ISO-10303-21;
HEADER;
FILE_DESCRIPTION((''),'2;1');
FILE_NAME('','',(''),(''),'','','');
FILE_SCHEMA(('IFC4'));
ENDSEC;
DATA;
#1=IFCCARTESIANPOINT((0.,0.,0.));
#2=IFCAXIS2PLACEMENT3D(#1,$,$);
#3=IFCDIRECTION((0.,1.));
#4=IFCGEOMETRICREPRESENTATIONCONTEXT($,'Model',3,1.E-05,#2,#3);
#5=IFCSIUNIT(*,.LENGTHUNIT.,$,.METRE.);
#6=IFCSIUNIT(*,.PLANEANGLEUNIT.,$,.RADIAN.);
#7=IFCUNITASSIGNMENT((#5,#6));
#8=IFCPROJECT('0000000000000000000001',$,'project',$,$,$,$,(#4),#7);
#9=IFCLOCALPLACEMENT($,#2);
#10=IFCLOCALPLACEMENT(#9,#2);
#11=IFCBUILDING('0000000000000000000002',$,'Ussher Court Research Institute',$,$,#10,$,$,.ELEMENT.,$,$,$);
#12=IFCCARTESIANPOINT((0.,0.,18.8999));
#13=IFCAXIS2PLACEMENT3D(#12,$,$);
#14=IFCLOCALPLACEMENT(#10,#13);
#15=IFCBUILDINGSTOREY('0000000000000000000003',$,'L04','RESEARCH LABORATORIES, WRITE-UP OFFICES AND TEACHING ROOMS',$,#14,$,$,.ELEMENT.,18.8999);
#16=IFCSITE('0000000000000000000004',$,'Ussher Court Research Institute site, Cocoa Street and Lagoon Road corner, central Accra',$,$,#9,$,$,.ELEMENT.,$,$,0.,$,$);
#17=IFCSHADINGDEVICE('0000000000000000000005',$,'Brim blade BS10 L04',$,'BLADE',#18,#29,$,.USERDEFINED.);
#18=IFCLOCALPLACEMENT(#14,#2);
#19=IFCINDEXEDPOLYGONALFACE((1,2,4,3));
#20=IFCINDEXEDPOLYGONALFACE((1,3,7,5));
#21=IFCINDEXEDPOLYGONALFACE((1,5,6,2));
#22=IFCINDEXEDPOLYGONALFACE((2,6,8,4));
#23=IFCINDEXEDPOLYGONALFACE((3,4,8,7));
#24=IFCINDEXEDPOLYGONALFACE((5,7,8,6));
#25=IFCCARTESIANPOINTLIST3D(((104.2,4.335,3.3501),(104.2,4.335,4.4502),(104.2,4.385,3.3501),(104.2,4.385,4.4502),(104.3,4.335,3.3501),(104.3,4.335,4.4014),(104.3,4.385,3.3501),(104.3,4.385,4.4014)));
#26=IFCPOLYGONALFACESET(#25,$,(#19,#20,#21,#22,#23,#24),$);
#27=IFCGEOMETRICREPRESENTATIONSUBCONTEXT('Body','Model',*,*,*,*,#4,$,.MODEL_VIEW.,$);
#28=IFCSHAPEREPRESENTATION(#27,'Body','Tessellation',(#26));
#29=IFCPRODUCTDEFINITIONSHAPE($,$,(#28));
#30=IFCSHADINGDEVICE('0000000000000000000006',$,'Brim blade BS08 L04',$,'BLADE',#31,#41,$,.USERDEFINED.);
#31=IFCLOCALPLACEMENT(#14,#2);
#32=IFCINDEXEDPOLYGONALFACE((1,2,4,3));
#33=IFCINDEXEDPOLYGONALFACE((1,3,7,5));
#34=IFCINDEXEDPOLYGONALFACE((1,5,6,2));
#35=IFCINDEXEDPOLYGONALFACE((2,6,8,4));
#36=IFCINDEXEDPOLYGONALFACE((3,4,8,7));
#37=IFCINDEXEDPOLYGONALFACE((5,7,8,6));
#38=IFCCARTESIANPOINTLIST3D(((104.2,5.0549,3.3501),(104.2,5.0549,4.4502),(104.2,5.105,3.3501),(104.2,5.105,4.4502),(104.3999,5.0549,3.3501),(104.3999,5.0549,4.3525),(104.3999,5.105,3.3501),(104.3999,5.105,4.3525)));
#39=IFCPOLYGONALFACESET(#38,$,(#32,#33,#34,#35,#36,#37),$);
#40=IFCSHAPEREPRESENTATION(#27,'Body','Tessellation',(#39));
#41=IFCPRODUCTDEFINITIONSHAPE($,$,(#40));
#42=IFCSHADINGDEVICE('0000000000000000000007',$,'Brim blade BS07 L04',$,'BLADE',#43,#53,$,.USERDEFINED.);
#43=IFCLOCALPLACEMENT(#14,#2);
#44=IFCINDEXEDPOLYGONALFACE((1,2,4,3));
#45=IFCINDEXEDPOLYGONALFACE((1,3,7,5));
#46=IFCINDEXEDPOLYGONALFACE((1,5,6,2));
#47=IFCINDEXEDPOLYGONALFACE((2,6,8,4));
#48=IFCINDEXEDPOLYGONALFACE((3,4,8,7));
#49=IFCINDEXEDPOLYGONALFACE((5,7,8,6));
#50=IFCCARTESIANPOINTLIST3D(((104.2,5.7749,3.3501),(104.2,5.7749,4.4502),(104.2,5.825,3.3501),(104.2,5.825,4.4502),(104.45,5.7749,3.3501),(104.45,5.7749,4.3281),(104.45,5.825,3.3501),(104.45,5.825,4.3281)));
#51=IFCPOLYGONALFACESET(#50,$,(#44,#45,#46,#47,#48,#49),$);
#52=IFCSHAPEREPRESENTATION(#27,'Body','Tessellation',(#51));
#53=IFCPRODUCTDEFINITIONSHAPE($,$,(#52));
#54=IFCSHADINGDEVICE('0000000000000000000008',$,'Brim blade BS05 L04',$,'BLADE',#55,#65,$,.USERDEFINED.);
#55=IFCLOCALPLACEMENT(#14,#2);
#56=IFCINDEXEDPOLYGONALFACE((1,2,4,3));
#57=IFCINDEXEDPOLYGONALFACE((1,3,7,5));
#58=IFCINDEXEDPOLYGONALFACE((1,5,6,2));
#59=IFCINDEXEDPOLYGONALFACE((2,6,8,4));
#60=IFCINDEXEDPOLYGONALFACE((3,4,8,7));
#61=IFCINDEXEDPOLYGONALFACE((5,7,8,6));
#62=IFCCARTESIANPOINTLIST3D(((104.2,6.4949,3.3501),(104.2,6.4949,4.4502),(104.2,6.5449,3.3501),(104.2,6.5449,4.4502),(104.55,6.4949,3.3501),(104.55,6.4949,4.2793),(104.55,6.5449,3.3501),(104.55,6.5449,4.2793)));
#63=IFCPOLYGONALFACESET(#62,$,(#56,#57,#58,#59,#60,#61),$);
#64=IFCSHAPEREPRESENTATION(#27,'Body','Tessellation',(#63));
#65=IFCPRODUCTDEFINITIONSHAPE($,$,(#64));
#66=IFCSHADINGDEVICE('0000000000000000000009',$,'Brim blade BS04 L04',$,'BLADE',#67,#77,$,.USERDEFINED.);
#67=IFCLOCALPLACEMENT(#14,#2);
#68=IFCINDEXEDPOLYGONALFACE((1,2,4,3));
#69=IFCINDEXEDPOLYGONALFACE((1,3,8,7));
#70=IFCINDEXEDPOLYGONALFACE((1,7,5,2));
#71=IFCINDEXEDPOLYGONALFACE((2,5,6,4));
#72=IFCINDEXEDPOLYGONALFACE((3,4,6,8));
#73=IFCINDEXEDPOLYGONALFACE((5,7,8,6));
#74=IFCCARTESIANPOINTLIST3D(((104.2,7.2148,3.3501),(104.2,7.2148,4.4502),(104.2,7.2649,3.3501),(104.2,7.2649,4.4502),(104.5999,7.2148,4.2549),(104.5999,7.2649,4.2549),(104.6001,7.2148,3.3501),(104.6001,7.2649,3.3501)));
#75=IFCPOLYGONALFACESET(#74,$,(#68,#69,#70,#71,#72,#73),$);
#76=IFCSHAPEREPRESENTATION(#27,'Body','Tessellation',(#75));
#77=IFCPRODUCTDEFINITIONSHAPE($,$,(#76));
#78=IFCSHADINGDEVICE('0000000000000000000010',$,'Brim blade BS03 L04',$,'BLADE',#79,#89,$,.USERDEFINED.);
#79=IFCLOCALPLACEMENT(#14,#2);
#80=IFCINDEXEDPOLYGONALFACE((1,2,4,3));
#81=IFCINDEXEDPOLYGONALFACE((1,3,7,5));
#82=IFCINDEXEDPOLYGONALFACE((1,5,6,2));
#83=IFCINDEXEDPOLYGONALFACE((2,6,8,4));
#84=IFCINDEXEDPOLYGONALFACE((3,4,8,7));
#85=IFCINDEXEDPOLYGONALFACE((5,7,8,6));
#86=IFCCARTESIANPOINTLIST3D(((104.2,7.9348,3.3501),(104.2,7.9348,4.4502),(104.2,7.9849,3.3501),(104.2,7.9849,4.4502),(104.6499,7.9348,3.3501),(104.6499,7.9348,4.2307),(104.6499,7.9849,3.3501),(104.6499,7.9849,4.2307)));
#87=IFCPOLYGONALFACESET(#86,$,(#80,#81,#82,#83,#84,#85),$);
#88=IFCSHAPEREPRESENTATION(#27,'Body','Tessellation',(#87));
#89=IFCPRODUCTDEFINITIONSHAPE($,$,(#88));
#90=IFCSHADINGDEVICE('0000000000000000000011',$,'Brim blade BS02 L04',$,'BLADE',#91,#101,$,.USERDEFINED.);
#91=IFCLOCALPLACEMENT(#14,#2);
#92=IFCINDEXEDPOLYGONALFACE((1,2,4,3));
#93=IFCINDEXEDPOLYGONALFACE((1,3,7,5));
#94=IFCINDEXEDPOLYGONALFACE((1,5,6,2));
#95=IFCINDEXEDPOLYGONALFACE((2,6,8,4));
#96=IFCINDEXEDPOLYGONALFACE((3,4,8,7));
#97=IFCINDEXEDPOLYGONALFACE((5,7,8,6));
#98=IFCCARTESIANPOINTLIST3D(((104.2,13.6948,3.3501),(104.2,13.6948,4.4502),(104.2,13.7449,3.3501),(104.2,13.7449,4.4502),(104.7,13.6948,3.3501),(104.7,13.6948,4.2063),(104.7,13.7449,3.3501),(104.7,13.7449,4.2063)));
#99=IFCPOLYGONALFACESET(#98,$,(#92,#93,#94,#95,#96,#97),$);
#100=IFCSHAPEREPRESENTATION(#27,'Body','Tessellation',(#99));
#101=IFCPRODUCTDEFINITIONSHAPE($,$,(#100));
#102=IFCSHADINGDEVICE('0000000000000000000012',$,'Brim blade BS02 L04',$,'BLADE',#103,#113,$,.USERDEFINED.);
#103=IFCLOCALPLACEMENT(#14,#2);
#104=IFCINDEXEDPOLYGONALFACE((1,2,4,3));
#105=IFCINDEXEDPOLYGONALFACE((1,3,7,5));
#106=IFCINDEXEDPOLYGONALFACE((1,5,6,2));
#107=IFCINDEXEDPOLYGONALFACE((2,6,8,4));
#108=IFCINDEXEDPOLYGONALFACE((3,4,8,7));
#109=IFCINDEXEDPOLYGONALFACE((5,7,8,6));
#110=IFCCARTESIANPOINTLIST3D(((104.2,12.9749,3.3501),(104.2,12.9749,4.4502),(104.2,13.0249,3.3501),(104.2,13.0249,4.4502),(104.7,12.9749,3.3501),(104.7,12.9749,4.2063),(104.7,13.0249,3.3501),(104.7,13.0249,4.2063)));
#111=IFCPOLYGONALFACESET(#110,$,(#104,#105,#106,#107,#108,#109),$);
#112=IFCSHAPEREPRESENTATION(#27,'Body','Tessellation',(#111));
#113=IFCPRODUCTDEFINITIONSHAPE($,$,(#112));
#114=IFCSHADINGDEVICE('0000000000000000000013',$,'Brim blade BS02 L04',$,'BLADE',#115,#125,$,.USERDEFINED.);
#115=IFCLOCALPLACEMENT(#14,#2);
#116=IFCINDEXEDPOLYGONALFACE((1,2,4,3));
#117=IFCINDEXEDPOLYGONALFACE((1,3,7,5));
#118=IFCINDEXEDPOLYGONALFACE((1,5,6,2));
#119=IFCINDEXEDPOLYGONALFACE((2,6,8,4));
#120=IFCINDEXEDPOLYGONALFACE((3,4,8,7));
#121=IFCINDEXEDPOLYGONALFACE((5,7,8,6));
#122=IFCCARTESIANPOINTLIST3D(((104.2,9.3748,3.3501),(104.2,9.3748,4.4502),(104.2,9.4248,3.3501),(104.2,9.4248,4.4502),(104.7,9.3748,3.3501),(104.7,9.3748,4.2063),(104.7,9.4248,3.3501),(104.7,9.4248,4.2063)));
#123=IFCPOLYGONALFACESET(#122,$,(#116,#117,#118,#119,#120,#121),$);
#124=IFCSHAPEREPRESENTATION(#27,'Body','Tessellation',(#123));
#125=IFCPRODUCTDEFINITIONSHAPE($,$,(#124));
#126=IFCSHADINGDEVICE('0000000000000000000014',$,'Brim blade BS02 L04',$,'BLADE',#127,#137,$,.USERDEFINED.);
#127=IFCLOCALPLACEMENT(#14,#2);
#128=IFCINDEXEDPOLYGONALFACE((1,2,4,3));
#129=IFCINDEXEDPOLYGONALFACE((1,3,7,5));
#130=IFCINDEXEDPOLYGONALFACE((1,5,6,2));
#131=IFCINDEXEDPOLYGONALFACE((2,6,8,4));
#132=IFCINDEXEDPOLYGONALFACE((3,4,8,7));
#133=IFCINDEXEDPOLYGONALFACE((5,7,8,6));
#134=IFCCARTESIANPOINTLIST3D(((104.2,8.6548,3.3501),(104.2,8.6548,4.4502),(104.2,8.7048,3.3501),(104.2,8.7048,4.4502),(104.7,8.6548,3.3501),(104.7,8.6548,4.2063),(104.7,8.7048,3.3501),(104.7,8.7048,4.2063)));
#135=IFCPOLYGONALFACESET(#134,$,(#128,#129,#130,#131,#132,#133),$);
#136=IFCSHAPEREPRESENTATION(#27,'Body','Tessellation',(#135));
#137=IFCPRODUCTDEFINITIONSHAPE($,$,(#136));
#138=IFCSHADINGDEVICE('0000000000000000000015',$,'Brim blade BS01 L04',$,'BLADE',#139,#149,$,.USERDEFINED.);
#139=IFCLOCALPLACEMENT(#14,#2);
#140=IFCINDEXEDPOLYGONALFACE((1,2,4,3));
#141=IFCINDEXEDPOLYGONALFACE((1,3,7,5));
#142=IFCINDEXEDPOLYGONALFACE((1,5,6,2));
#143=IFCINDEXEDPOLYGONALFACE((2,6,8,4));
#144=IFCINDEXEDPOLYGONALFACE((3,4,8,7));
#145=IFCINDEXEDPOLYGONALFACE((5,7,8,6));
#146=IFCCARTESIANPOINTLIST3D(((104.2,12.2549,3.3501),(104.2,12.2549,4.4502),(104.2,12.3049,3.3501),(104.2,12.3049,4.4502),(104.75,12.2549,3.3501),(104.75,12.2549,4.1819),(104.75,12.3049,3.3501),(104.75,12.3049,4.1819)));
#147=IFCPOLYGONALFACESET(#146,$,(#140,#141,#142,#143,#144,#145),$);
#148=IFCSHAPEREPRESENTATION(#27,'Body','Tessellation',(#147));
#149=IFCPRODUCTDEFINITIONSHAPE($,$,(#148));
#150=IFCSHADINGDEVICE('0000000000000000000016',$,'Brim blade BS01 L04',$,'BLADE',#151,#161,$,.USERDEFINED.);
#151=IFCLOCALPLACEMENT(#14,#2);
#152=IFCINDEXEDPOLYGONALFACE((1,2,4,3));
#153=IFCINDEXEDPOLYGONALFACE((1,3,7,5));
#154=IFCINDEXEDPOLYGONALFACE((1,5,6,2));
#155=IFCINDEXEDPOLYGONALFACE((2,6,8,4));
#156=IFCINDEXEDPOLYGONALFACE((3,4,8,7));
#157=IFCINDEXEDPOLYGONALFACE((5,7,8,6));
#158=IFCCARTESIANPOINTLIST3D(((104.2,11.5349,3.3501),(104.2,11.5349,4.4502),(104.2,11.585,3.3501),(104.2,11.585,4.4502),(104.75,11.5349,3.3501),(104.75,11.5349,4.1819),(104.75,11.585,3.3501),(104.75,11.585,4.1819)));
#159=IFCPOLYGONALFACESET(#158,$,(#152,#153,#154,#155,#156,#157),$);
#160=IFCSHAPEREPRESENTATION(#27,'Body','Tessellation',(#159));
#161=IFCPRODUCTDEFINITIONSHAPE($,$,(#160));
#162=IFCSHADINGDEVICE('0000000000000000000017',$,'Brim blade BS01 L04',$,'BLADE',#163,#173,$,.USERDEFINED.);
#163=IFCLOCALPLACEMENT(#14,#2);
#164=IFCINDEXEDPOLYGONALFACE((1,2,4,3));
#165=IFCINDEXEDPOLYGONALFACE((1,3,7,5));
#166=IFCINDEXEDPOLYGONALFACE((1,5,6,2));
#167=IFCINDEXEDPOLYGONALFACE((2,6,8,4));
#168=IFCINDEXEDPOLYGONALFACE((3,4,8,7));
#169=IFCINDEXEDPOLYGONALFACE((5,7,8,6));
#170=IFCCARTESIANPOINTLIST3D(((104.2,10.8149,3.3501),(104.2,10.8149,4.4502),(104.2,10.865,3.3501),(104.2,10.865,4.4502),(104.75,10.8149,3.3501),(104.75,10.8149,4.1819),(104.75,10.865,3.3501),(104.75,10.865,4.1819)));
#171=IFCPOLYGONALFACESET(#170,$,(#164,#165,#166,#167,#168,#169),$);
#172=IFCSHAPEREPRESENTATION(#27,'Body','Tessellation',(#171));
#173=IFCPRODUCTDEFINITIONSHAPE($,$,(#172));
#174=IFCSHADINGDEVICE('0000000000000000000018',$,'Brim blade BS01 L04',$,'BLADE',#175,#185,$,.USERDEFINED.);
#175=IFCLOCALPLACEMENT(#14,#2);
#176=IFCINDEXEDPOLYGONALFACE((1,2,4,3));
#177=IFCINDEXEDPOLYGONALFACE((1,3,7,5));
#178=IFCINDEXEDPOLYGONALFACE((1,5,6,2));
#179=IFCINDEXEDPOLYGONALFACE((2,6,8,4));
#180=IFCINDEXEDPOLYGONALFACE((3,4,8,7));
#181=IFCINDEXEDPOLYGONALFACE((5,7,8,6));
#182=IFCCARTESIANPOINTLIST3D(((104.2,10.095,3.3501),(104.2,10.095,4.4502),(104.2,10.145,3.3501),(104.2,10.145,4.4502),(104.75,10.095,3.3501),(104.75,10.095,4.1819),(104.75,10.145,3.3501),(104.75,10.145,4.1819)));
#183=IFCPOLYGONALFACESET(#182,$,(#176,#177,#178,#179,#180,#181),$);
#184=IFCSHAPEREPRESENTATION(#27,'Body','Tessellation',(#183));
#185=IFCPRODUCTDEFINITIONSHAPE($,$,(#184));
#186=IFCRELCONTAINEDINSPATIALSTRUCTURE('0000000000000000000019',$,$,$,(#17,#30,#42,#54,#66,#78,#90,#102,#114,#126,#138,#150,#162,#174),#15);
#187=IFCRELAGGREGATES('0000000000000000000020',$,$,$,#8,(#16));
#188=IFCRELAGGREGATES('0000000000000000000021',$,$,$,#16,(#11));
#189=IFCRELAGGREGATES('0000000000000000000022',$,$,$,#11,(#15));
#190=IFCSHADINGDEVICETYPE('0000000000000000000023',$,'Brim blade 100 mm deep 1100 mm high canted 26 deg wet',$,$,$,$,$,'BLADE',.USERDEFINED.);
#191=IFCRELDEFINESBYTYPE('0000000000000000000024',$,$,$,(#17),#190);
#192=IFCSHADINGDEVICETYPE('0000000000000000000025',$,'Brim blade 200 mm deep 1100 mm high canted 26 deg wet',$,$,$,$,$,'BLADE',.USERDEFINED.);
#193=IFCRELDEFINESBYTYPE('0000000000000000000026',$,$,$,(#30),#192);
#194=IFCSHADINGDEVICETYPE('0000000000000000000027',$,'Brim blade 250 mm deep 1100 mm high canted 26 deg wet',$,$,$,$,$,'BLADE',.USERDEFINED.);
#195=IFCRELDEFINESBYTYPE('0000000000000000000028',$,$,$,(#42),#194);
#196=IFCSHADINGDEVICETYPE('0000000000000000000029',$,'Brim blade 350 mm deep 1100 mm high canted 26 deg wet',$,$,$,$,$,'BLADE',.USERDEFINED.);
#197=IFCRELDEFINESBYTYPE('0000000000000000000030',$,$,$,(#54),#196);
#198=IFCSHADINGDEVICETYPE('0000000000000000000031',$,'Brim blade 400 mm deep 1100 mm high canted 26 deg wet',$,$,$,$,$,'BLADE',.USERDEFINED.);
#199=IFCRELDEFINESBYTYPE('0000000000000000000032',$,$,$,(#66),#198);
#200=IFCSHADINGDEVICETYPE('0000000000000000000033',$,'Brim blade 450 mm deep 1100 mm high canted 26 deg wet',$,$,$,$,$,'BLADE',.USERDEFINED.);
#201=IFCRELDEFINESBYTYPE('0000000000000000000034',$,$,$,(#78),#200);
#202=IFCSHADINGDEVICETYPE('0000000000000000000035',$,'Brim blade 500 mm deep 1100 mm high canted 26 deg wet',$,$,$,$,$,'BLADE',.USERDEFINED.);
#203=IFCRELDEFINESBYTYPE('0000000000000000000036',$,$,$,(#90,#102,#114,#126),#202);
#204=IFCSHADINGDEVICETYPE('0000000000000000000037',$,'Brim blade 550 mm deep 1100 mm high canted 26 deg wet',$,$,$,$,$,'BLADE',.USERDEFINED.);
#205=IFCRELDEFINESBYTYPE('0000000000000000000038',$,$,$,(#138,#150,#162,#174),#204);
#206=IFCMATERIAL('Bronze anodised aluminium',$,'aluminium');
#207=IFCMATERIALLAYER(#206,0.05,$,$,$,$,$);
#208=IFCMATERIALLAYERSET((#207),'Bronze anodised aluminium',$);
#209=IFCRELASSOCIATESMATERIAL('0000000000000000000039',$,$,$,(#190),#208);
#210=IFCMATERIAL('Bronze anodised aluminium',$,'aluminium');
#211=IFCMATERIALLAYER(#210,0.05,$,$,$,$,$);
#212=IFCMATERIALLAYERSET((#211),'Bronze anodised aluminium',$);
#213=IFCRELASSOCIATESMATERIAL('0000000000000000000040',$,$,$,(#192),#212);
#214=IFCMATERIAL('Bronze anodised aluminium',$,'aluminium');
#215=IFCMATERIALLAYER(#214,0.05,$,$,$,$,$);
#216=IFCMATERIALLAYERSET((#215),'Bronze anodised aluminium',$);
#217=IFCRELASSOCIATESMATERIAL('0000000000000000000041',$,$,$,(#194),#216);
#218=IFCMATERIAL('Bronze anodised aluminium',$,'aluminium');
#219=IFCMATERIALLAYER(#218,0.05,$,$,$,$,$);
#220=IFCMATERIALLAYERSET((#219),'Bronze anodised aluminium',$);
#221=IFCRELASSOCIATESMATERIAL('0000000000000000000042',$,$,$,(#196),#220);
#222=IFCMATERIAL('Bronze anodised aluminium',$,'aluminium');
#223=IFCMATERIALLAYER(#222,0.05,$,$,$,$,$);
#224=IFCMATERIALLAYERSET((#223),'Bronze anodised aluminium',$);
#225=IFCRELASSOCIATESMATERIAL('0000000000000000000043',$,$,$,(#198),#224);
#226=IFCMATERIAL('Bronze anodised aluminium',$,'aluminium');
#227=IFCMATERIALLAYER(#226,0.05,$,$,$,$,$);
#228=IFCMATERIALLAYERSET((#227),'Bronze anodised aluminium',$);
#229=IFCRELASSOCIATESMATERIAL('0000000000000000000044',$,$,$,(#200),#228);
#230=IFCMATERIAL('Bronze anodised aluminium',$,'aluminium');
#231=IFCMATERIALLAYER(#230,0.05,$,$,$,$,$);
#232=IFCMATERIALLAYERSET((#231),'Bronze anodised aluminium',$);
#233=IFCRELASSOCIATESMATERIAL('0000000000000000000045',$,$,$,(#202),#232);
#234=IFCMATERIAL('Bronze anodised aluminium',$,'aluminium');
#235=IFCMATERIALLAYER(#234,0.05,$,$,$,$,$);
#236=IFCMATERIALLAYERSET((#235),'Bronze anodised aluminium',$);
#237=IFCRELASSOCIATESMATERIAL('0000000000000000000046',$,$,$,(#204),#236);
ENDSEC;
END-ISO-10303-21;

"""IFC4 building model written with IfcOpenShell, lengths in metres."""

from ifc_helpers import new_model, si_unit, direction, frame, origin, place, context, subcontext, project, spatial, polyline, outline, extrude, material, layer, layer_set, type_object, element, save


model = new_model("IFC4")

# Units and contexts
model_context = context("Model", 3, precision=1e-05, world=origin(), true_north=direction((0.0, 1.0)))
body_context = subcontext(model_context, "Body", "Model", "MODEL_VIEW")
ifc_project = project(units=[si_unit("LENGTHUNIT", "METRE"), si_unit("PLANEANGLEUNIT", "RADIAN")], contexts=[model_context])

# Site, building, storey
site_placement = place(None, origin())
site = spatial("IfcSite", under=ifc_project, at=site_placement, Name="Ussher Court Research Institute site, Cocoa Street and Lagoon Road corner, central Accra", CompositionType="ELEMENT", RefElevation=0.0)
building_placement = place(site_placement, origin())
building = spatial("IfcBuilding", under=site, at=building_placement, Name="Ussher Court Research Institute", CompositionType="ELEMENT")
storey_placement = place(building_placement, frame((0.0, 0.0, 18.8999)))
storey = spatial("IfcBuildingStorey", under=building, at=storey_placement, Name="L04", Description="RESEARCH LABORATORIES, WRITE-UP OFFICES AND TEACHING ROOMS", CompositionType="ELEMENT", Elevation=18.8999)

# Shading devices
ifc_material_1 = material(Name="Bronze anodised aluminium", Category="aluminium")
ifc_layer_1 = layer(ifc_material_1, 0.05)
ifc_layer_set_1 = layer_set([ifc_layer_1], Name="Bronze anodised aluminium")
shading_device_type_1 = type_object("IfcShadingDeviceType", Name="Brim blade 100 mm deep 1100 mm high canted 26 deg wet", ElementType="BLADE", PredefinedType="USERDEFINED", material=ifc_layer_set_1)
shading_device_1_placement = place(storey_placement, frame((104.2, 4.3601, 3.3501), z_axis=(0.0, 0.0, 1.0), x_axis=(1.0, 0.0, 0.0)))
element("IfcShadingDevice", 1, at=shading_device_1_placement, inside=storey, type_object=shading_device_type_1, Name="Brim blade BS10 L04", ObjectType="BLADE", PredefinedType="USERDEFINED", context=body_context, shape_type="SweptSolid", body=[
    extrude(outline(polyline([(0.0, 0.0), (0.1001, 0.0), (0.1001, 1.0513), (0.0, 1.1001), (0.0, 0.0)])), frame((0.0, 0.0249, 0.0), z_axis=(0.0, -1.0, 0.0), x_axis=(1.0, 0.0, 0.0)), (0.0, 0.0, 1.0), 0.05),
])
ifc_material_2 = material(Name="Bronze anodised aluminium", Category="aluminium")
ifc_layer_2 = layer(ifc_material_2, 0.05)
ifc_layer_set_2 = layer_set([ifc_layer_2], Name="Bronze anodised aluminium")
shading_device_type_2 = type_object("IfcShadingDeviceType", Name="Brim blade 200 mm deep 1100 mm high canted 26 deg wet", ElementType="BLADE", PredefinedType="USERDEFINED", material=ifc_layer_set_2)
shading_device_2_placement = place(storey_placement, frame((104.2, 5.0801, 3.3501), z_axis=(0.0, 0.0, 1.0), x_axis=(1.0, 0.0, 0.0)))
element("IfcShadingDevice", 2, at=shading_device_2_placement, inside=storey, type_object=shading_device_type_2, Name="Brim blade BS08 L04", ObjectType="BLADE", PredefinedType="USERDEFINED", context=body_context, shape_type="SweptSolid", body=[
    extrude(outline(polyline([(0.0, 0.0), (0.2, 0.0), (0.2, 1.0024), (0.0, 1.1001), (0.0, 0.0)])), frame((0.0, 0.0249, 0.0), z_axis=(0.0, -1.0, 0.0), x_axis=(1.0, 0.0, 0.0)), (0.0, 0.0, 1.0), 0.05),
])
ifc_material_3 = material(Name="Bronze anodised aluminium", Category="aluminium")
ifc_layer_3 = layer(ifc_material_3, 0.05)
ifc_layer_set_3 = layer_set([ifc_layer_3], Name="Bronze anodised aluminium")
shading_device_type_3 = type_object("IfcShadingDeviceType", Name="Brim blade 250 mm deep 1100 mm high canted 26 deg wet", ElementType="BLADE", PredefinedType="USERDEFINED", material=ifc_layer_set_3)
shading_device_3_placement = place(storey_placement, frame((104.2, 5.8, 3.3501), z_axis=(0.0, 0.0, 1.0), x_axis=(1.0, 0.0, 0.0)))
element("IfcShadingDevice", 3, at=shading_device_3_placement, inside=storey, type_object=shading_device_type_3, Name="Brim blade BS07 L04", ObjectType="BLADE", PredefinedType="USERDEFINED", context=body_context, shape_type="SweptSolid", body=[
    extrude(outline(polyline([(0.0, 0.0), (0.25, 0.0), (0.25, 0.978), (0.0, 1.1001), (0.0, 0.0)])), frame((0.0, 0.0249, 0.0), z_axis=(0.0, -1.0, 0.0), x_axis=(1.0, 0.0, 0.0)), (0.0, 0.0, 1.0), 0.05),
])
ifc_material_4 = material(Name="Bronze anodised aluminium", Category="aluminium")
ifc_layer_4 = layer(ifc_material_4, 0.05)
ifc_layer_set_4 = layer_set([ifc_layer_4], Name="Bronze anodised aluminium")
shading_device_type_4 = type_object("IfcShadingDeviceType", Name="Brim blade 350 mm deep 1100 mm high canted 26 deg wet", ElementType="BLADE", PredefinedType="USERDEFINED", material=ifc_layer_set_4)
shading_device_4_placement = place(storey_placement, frame((104.2, 6.52, 3.3501), z_axis=(0.0, 0.0, 1.0), x_axis=(1.0, 0.0, 0.0)))
element("IfcShadingDevice", 4, at=shading_device_4_placement, inside=storey, type_object=shading_device_type_4, Name="Brim blade BS05 L04", ObjectType="BLADE", PredefinedType="USERDEFINED", context=body_context, shape_type="SweptSolid", body=[
    extrude(outline(polyline([(0.0, 0.0), (0.3501, 0.0), (0.3501, 0.9292), (0.0, 1.1001), (0.0, 0.0)])), frame((0.0, 0.0249, 0.0), z_axis=(0.0, -1.0, 0.0), x_axis=(1.0, 0.0, 0.0)), (0.0, 0.0, 1.0), 0.05),
])
ifc_material_5 = material(Name="Bronze anodised aluminium", Category="aluminium")
ifc_layer_5 = layer(ifc_material_5, 0.05)
ifc_layer_set_5 = layer_set([ifc_layer_5], Name="Bronze anodised aluminium")
shading_device_type_5 = type_object("IfcShadingDeviceType", Name="Brim blade 400 mm deep 1100 mm high canted 26 deg wet", ElementType="BLADE", PredefinedType="USERDEFINED", material=ifc_layer_set_5)
shading_device_5_placement = place(storey_placement, frame((104.2, 7.24, 3.3501), z_axis=(0.0, 0.0, 1.0), x_axis=(1.0, 0.0, 0.0)))
element("IfcShadingDevice", 5, at=shading_device_5_placement, inside=storey, type_object=shading_device_type_5, Name="Brim blade BS04 L04", ObjectType="BLADE", PredefinedType="USERDEFINED", context=body_context, shape_type="SweptSolid", body=[
    extrude(outline(polyline([(0.0, 0.0), (0.4001, 0.0), (0.3999, 0.9048), (0.0, 1.1001), (0.0, 0.0)])), frame((0.0, 0.0249, 0.0), z_axis=(0.0, -1.0, 0.0), x_axis=(1.0, 0.0, 0.0)), (0.0, 0.0, 1.0), 0.05),
])
ifc_material_6 = material(Name="Bronze anodised aluminium", Category="aluminium")
ifc_layer_6 = layer(ifc_material_6, 0.05)
ifc_layer_set_6 = layer_set([ifc_layer_6], Name="Bronze anodised aluminium")
shading_device_type_6 = type_object("IfcShadingDeviceType", Name="Brim blade 450 mm deep 1100 mm high canted 26 deg wet", ElementType="BLADE", PredefinedType="USERDEFINED", material=ifc_layer_set_6)
shading_device_6_placement = place(storey_placement, frame((104.2, 7.96, 3.3501), z_axis=(0.0, 0.0, 1.0), x_axis=(1.0, 0.0, 0.0)))
element("IfcShadingDevice", 6, at=shading_device_6_placement, inside=storey, type_object=shading_device_type_6, Name="Brim blade BS03 L04", ObjectType="BLADE", PredefinedType="USERDEFINED", context=body_context, shape_type="SweptSolid", body=[
    extrude(outline(polyline([(0.0, 0.0), (0.45, 0.0), (0.45, 0.8806), (0.0, 1.1001), (0.0, 0.0)])), frame((0.0, 0.0249, 0.0), z_axis=(0.0, -1.0, 0.0), x_axis=(1.0, 0.0, 0.0)), (0.0, 0.0, 1.0), 0.05),
])
ifc_material_7 = material(Name="Bronze anodised aluminium", Category="aluminium")
ifc_layer_7 = layer(ifc_material_7, 0.05)
ifc_layer_set_7 = layer_set([ifc_layer_7], Name="Bronze anodised aluminium")
shading_device_type_7 = type_object("IfcShadingDeviceType", Name="Brim blade 500 mm deep 1100 mm high canted 26 deg wet", ElementType="BLADE", PredefinedType="USERDEFINED", material=ifc_layer_set_7)
for number, where, z_axis, x_axis, name in (
    (7, (104.2, 13.72, 3.3501), (0.0, 0.0, 1.0), (1.0, 0.0, 0.0), "Brim blade BS02 L04"),
    (8, (104.2, 13.0, 3.3501), (0.0, 0.0, 1.0), (1.0, 0.0, 0.0), "Brim blade BS02 L04"),
    (9, (104.2, 9.3999, 3.3501), (0.0, 0.0, 1.0), (1.0, 0.0, 0.0), "Brim blade BS02 L04"),
    (10, (104.2, 8.6799, 3.3501), (0.0, 0.0, 1.0), (1.0, 0.0, 0.0), "Brim blade BS02 L04"),
):
    element("IfcShadingDevice", number, at=place(storey_placement, frame(where, z_axis=z_axis, x_axis=x_axis)), inside=storey, type_object=shading_device_type_7, Name=name, ObjectType="BLADE", PredefinedType="USERDEFINED", context=body_context, shape_type="SweptSolid", body=[
        extrude(outline(polyline([(0.0, 0.0), (0.5, 0.0), (0.5, 0.8562), (0.0, 1.1001), (0.0, 0.0)])), frame((0.0, 0.0249, 0.0), z_axis=(0.0, -1.0, 0.0), x_axis=(1.0, 0.0, 0.0)), (0.0, 0.0, 1.0), 0.05),
    ])
ifc_material_8 = material(Name="Bronze anodised aluminium", Category="aluminium")
ifc_layer_8 = layer(ifc_material_8, 0.05)
ifc_layer_set_8 = layer_set([ifc_layer_8], Name="Bronze anodised aluminium")
shading_device_type_8 = type_object("IfcShadingDeviceType", Name="Brim blade 550 mm deep 1100 mm high canted 26 deg wet", ElementType="BLADE", PredefinedType="USERDEFINED", material=ifc_layer_set_8)
for number, where, z_axis, x_axis, name in (
    (11, (104.2, 12.28, 3.3501), (0.0, 0.0, 1.0), (1.0, 0.0, 0.0), "Brim blade BS01 L04"),
    (12, (104.2, 11.5601, 3.3501), (0.0, 0.0, 1.0), (1.0, 0.0, 0.0), "Brim blade BS01 L04"),
    (13, (104.2, 10.8401, 3.3501), (0.0, 0.0, 1.0), (1.0, 0.0, 0.0), "Brim blade BS01 L04"),
    (14, (104.2, 10.1201, 3.3501), (0.0, 0.0, 1.0), (1.0, 0.0, 0.0), "Brim blade BS01 L04"),
):
    element("IfcShadingDevice", number, at=place(storey_placement, frame(where, z_axis=z_axis, x_axis=x_axis)), inside=storey, type_object=shading_device_type_8, Name=name, ObjectType="BLADE", PredefinedType="USERDEFINED", context=body_context, shape_type="SweptSolid", body=[
        extrude(outline(polyline([(0.0, 0.0), (0.55, 0.0), (0.55, 0.8318), (0.0, 1.1001), (0.0, 0.0)])), frame((0.0, 0.0249, 0.0), z_axis=(0.0, -1.0, 0.0), x_axis=(1.0, 0.0, 0.0)), (0.0, 0.0, 1.0), 0.05),
    ])

save(model, "model.ifc")
